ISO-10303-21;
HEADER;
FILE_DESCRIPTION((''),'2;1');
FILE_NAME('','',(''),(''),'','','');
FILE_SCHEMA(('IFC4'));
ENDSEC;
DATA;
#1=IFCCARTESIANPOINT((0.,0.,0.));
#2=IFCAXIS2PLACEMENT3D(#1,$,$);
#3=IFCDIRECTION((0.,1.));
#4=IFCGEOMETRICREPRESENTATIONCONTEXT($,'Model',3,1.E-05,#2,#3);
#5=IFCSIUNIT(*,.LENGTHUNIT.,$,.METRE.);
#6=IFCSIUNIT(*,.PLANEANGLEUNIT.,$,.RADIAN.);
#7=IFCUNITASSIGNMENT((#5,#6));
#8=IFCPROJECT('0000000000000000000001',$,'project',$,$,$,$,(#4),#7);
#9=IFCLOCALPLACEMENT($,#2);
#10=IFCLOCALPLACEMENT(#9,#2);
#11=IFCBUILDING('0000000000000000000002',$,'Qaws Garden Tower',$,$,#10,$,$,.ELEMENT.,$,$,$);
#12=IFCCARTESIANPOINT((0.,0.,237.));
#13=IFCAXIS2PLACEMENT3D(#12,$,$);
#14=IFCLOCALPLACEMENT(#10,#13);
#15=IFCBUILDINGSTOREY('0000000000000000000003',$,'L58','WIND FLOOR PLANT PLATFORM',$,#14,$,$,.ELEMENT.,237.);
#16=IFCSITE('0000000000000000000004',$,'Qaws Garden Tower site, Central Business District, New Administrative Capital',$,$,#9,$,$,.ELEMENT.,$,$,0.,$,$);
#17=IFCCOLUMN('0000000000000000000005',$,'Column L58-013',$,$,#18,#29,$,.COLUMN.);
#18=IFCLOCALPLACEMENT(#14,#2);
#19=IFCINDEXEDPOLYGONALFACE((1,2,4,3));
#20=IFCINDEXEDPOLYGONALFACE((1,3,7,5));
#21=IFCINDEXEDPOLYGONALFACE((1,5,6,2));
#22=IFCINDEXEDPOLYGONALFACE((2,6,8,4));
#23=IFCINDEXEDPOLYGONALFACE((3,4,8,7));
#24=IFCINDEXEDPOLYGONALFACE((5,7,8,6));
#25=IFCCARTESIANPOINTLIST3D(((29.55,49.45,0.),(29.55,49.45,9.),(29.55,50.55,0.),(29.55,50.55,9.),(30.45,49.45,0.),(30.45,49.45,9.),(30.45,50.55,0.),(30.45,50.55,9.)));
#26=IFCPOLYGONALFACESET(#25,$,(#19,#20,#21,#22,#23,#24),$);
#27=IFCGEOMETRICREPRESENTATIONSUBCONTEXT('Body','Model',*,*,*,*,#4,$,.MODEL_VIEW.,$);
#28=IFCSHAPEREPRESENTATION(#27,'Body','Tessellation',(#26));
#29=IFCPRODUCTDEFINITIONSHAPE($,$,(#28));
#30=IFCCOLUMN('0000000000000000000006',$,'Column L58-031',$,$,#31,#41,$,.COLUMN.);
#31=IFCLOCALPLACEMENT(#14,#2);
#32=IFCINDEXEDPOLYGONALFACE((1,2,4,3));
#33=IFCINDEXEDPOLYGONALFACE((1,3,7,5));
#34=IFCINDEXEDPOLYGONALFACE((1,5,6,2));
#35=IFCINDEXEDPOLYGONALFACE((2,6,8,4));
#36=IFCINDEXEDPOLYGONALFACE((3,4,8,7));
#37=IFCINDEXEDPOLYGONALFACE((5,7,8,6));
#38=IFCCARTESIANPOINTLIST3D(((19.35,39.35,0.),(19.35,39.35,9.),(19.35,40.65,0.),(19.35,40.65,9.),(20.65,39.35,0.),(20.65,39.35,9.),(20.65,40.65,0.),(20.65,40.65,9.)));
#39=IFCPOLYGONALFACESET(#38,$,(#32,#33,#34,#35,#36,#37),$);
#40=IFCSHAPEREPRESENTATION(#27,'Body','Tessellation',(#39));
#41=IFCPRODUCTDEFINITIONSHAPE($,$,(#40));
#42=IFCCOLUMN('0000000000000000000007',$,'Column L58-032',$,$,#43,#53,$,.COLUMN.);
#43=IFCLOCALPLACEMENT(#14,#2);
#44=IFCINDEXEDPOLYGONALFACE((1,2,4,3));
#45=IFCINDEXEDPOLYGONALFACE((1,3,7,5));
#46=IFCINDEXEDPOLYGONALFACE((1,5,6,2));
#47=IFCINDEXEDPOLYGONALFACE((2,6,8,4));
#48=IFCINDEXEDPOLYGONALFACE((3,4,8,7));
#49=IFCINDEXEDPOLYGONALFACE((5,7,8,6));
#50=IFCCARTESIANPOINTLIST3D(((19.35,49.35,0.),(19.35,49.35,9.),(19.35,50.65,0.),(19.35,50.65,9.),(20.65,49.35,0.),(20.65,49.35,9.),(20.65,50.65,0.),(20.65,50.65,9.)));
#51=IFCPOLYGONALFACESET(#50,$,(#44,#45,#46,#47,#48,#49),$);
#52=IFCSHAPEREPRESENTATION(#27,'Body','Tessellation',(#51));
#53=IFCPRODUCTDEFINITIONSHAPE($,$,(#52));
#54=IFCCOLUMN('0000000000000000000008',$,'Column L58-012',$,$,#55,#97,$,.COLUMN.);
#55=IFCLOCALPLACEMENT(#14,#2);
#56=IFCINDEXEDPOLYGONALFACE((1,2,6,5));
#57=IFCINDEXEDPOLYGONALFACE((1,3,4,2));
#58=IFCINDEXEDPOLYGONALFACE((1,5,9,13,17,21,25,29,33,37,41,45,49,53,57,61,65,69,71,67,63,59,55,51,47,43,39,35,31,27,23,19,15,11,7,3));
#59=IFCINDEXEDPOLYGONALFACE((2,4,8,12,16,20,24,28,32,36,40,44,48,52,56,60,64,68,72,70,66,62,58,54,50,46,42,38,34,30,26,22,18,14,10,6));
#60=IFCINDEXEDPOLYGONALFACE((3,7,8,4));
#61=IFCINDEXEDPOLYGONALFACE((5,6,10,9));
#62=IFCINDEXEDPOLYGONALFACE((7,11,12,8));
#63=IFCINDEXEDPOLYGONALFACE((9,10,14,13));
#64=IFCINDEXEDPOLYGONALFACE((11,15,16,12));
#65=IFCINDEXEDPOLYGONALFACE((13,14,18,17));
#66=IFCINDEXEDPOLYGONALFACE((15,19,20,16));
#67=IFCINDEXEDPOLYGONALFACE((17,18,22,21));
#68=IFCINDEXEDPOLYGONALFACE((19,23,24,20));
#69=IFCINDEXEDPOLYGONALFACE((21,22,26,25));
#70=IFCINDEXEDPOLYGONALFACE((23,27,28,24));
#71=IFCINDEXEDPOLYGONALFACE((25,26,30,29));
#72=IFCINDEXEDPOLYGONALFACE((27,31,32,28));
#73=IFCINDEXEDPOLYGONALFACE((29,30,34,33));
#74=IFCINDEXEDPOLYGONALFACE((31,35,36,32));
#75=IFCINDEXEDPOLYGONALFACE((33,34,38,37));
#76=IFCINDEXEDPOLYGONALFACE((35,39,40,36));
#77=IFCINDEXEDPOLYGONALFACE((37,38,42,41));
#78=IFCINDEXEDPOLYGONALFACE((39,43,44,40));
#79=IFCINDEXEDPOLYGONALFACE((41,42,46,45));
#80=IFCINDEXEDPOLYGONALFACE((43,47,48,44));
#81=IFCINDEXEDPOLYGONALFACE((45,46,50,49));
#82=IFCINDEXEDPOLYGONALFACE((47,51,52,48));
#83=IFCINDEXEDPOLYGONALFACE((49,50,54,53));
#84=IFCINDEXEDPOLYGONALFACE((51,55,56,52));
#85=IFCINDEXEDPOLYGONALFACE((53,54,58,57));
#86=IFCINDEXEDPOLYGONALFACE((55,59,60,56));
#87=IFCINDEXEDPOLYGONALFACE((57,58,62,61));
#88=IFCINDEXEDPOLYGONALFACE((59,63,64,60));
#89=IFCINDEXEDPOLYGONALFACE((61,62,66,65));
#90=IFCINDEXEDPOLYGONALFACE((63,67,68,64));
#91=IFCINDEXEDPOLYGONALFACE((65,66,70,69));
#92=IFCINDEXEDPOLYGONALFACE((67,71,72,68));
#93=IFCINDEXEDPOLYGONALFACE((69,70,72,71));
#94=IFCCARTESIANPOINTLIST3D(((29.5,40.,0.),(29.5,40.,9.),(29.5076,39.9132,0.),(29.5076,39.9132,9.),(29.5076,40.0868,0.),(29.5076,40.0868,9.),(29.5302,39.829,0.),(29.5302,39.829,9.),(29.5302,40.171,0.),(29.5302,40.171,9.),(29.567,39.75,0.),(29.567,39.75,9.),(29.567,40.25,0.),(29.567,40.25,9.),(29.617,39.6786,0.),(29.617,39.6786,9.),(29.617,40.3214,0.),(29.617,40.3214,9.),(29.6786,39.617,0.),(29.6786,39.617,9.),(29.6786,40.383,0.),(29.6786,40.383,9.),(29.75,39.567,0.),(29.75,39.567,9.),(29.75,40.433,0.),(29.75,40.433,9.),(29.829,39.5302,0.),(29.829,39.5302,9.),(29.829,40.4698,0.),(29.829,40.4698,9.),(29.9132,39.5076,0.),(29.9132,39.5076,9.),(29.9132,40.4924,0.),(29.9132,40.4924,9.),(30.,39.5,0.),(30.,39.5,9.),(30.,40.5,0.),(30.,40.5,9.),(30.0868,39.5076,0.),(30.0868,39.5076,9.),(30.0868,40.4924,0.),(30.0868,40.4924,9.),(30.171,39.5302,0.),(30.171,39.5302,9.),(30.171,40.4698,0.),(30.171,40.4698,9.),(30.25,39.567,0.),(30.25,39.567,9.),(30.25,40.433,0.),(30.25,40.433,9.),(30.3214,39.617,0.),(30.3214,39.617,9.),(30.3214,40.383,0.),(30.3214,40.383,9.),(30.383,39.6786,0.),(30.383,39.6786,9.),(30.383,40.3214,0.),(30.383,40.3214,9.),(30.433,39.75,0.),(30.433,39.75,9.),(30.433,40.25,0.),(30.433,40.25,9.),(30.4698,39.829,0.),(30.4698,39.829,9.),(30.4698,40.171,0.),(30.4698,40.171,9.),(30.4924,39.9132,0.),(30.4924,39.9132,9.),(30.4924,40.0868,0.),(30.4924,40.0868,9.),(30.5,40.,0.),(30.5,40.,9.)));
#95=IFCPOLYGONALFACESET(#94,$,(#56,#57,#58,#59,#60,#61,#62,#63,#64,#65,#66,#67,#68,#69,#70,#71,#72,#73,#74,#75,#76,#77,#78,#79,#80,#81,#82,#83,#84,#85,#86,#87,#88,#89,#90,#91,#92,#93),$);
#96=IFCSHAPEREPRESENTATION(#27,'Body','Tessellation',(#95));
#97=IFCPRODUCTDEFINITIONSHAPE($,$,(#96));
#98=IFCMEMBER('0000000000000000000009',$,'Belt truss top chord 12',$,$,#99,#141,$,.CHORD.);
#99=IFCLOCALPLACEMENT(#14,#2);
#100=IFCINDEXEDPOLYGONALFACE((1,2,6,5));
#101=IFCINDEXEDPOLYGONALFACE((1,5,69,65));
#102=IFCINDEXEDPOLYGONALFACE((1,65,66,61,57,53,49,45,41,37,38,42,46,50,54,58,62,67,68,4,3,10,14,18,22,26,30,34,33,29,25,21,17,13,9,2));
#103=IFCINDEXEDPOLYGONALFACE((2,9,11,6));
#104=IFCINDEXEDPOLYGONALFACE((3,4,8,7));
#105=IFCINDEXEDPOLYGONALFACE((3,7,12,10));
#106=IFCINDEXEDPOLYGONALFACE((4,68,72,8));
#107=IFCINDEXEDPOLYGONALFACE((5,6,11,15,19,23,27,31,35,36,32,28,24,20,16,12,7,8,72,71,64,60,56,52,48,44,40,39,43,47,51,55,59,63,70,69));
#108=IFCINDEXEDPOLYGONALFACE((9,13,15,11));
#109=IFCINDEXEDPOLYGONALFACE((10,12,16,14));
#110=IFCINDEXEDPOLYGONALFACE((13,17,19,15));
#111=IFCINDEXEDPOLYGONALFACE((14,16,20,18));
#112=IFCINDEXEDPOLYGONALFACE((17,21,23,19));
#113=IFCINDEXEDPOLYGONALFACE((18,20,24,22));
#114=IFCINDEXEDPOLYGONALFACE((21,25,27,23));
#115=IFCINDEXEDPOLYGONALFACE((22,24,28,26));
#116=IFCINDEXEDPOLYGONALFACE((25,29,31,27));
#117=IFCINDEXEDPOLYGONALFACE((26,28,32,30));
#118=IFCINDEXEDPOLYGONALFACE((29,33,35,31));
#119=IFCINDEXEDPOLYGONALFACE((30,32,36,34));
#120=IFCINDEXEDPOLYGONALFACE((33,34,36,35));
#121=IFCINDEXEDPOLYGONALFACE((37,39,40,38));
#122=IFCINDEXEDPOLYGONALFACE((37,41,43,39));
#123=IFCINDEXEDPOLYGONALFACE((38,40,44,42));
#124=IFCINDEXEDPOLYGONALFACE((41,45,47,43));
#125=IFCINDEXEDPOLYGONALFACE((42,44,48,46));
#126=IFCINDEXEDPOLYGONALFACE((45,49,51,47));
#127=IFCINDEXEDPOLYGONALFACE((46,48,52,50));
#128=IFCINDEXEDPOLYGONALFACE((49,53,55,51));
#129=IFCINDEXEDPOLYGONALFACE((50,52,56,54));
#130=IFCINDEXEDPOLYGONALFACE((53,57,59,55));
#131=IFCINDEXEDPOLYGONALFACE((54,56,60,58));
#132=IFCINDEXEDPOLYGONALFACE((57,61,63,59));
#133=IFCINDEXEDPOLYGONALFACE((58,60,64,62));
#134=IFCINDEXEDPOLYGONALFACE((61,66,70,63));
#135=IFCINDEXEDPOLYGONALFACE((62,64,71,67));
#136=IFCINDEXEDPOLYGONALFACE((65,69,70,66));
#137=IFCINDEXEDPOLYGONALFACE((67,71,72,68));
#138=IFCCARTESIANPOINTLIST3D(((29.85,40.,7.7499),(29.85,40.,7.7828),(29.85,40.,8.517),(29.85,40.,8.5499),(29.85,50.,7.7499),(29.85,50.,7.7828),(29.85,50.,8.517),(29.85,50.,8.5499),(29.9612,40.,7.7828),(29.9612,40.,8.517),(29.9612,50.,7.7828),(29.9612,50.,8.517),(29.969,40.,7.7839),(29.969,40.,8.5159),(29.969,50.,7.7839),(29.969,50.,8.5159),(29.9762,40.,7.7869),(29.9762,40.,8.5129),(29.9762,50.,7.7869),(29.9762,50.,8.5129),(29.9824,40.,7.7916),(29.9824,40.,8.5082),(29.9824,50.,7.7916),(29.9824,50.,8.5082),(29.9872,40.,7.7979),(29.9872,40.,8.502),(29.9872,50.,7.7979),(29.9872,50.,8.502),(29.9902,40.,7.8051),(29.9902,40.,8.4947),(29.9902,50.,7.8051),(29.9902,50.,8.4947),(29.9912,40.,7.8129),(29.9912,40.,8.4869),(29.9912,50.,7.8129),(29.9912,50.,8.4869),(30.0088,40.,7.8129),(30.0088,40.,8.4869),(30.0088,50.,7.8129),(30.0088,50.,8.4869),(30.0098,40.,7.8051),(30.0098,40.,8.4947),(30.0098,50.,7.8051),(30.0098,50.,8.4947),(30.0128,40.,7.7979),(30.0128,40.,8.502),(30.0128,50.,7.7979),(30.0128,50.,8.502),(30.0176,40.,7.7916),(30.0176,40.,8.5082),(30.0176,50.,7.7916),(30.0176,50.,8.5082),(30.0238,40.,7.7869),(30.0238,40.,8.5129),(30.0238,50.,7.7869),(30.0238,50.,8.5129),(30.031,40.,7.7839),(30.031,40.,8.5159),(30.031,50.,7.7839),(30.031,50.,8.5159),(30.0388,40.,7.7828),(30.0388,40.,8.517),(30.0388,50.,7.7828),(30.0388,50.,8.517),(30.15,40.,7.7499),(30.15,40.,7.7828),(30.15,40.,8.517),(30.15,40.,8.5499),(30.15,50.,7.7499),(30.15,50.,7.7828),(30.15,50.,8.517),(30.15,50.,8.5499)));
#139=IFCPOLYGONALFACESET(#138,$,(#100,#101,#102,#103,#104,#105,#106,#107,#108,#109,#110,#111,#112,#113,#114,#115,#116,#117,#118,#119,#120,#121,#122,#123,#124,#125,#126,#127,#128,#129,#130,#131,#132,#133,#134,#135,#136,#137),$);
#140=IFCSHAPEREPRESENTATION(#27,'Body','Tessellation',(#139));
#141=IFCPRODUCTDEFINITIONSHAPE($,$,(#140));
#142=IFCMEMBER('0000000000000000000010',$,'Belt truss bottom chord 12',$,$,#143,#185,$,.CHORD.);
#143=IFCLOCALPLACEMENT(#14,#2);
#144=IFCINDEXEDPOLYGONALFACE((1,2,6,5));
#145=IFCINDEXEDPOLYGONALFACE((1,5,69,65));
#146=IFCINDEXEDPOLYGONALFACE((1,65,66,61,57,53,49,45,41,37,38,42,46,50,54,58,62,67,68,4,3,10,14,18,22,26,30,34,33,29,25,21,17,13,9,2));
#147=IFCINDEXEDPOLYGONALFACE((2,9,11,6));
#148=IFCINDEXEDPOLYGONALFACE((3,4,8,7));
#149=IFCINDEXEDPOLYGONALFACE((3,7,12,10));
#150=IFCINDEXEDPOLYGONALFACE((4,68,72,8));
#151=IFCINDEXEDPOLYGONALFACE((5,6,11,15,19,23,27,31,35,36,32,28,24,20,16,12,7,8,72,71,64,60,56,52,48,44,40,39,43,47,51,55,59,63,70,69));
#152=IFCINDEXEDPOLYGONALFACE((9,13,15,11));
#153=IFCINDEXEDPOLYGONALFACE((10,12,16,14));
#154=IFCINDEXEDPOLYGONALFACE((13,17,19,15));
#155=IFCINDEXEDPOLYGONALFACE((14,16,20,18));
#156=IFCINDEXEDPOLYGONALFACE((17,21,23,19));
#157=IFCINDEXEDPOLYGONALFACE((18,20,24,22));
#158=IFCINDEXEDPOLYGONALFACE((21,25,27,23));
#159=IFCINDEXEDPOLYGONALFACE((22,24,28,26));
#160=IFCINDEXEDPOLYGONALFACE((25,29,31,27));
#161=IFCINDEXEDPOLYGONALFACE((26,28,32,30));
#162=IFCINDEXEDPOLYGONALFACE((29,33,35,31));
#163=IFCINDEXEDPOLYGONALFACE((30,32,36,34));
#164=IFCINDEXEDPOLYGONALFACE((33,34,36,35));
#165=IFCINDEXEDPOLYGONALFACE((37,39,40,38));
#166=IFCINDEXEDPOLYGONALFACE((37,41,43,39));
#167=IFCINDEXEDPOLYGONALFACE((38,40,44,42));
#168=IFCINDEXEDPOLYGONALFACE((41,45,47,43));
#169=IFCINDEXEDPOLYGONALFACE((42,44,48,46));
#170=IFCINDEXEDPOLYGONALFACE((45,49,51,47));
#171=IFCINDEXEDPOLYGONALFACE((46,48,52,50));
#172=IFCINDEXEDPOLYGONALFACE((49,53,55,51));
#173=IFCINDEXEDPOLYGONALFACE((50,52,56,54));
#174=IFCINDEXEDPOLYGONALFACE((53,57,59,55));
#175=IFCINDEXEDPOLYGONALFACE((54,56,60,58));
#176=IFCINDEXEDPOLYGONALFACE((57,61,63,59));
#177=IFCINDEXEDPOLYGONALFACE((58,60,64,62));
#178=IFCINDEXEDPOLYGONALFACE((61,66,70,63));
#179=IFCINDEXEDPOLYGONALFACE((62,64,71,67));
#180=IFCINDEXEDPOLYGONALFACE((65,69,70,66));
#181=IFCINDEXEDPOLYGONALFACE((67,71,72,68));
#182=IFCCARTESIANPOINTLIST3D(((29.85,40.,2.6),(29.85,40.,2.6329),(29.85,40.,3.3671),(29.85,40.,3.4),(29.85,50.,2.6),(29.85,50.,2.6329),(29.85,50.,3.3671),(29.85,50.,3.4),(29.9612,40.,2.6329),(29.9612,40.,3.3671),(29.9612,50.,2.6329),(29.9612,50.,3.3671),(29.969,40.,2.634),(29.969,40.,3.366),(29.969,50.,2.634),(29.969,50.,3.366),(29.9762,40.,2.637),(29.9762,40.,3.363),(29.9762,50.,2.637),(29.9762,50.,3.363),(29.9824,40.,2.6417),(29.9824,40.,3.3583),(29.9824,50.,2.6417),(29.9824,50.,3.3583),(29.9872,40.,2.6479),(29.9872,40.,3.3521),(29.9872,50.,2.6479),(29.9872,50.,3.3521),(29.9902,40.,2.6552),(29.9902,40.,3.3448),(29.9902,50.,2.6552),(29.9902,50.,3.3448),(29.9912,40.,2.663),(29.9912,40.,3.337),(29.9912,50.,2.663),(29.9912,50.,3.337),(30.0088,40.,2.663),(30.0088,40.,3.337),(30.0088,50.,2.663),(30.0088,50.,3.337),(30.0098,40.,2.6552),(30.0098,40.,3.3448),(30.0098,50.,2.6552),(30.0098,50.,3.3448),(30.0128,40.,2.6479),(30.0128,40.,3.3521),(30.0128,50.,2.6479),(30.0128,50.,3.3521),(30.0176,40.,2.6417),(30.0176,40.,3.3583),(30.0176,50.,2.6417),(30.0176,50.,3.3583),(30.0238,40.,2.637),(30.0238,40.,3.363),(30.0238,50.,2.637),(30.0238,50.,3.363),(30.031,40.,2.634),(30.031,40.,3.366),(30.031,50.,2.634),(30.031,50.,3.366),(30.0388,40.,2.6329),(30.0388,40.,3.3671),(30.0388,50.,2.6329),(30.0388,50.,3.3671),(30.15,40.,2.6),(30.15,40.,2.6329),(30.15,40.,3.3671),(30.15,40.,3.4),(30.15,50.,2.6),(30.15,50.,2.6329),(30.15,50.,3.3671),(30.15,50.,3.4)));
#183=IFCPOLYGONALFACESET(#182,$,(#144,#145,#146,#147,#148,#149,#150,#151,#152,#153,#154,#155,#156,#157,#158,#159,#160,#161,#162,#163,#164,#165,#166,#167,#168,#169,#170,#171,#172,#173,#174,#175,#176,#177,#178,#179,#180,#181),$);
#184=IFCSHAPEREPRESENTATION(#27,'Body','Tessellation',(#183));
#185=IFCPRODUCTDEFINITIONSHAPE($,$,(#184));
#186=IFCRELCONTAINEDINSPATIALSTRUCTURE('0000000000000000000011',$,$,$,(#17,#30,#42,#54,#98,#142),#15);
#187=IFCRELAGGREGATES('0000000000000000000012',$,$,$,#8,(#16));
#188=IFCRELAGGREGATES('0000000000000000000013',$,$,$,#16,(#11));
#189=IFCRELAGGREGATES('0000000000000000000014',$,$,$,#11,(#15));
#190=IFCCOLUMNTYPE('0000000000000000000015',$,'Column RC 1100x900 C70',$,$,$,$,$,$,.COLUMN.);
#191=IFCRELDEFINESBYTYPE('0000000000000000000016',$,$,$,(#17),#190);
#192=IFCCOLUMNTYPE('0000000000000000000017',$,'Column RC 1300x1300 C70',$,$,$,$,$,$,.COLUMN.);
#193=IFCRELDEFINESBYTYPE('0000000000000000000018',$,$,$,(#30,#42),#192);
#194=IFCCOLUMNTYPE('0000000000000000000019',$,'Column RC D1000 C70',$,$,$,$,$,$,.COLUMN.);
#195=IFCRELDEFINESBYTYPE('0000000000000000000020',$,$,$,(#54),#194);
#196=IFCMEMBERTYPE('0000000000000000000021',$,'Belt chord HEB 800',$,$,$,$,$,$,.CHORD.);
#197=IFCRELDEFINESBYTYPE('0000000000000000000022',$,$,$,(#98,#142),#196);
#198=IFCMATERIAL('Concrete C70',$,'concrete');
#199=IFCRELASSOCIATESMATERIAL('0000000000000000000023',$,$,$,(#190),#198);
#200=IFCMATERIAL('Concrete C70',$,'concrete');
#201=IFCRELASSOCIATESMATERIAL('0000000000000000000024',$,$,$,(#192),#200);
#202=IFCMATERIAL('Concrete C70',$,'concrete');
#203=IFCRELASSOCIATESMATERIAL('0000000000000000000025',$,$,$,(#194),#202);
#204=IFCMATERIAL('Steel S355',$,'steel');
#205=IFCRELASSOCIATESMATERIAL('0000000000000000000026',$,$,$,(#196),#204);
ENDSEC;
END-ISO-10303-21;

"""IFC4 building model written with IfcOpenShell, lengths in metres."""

from ifc_helpers import new_model, si_unit, direction, frame, origin, origin_2d, place, context, subcontext, project, spatial, rectangle, circle, i_section, extrude, material, material_profile, profile_set, type_object, element, save


model = new_model("IFC4")

# Units and contexts
model_context = context("Model", 3, precision=1e-05, world=origin(), true_north=direction((0.0, 1.0)))
body_context = subcontext(model_context, "Body", "Model", "MODEL_VIEW")
ifc_project = project(units=[si_unit("LENGTHUNIT", "METRE"), si_unit("PLANEANGLEUNIT", "RADIAN")], contexts=[model_context])

# Site, building, storey
site_placement = place(None, origin())
site = spatial("IfcSite", under=ifc_project, at=site_placement, Name="Qaws Garden Tower site, Central Business District, New Administrative Capital", CompositionType="ELEMENT", RefElevation=0.0)
building_placement = place(site_placement, origin())
building = spatial("IfcBuilding", under=site, at=building_placement, Name="Qaws Garden Tower", CompositionType="ELEMENT")
storey_placement = place(building_placement, frame((0.0, 0.0, 237.0)))
storey = spatial("IfcBuildingStorey", under=building, at=storey_placement, Name="L58", Description="WIND FLOOR PLANT PLATFORM", CompositionType="ELEMENT", Elevation=237.0)

# Columns
ifc_material_1 = material(Name="Concrete C70", Category="concrete")
ifc_material_profile_1 = material_profile(ifc_material_1, rectangle(XDim=1.1001, YDim=0.8999, at=origin_2d()), Name="RC 1100x900")
ifc_profile_set_1 = profile_set([ifc_material_profile_1], Name="Concrete C70")
column_type_1 = type_object("IfcColumnType", Name="Column RC 1100x900 C70", PredefinedType="COLUMN", material=ifc_profile_set_1)
column_1_placement = place(storey_placement, frame((30.0, 50.0, 0.0), z_axis=(0.0, 0.0, 1.0), x_axis=(0.0, 1.0, 0.0)))
element("IfcColumn", 1, at=column_1_placement, inside=storey, type_object=column_type_1, Name="Column L58-013", PredefinedType="COLUMN", context=body_context, shape_type="SweptSolid", body=[
    extrude(rectangle(XDim=1.1001, YDim=0.8999, at=origin_2d()), origin(), (0.0, 0.0, 1.0), 9.0),
])
ifc_material_2 = material(Name="Concrete C70", Category="concrete")
ifc_material_profile_2 = material_profile(ifc_material_2, rectangle(XDim=1.3, YDim=1.3, at=origin_2d()), Name="RC 1300x1300")
ifc_profile_set_2 = profile_set([ifc_material_profile_2], Name="Concrete C70")
column_type_2 = type_object("IfcColumnType", Name="Column RC 1300x1300 C70", PredefinedType="COLUMN", material=ifc_profile_set_2)
for number, where, z_axis, x_axis, name in (
    (2, (20.0, 40.0, 0.0), (0.0, 0.0, 1.0), (1.0, 0.0, 0.0), "Column L58-031"),
    (3, (20.0, 50.0, 0.0), (0.0, 0.0, 1.0), (1.0, 0.0, 0.0), "Column L58-032"),
):
    element("IfcColumn", number, at=place(storey_placement, frame(where, z_axis=z_axis, x_axis=x_axis)), inside=storey, type_object=column_type_2, Name=name, PredefinedType="COLUMN", context=body_context, shape_type="SweptSolid", body=[
        extrude(rectangle(XDim=1.3, YDim=1.3, at=origin_2d()), origin(), (0.0, 0.0, 1.0), 9.0),
    ])
ifc_material_3 = material(Name="Concrete C70", Category="concrete")
ifc_material_profile_3 = material_profile(ifc_material_3, circle(Radius=0.5, at=origin_2d()), Name="RC D1000")
ifc_profile_set_3 = profile_set([ifc_material_profile_3], Name="Concrete C70")
column_type_3 = type_object("IfcColumnType", Name="Column RC D1000 C70", PredefinedType="COLUMN", material=ifc_profile_set_3)
column_2_placement = place(storey_placement, frame((30.0, 40.0, 0.0), z_axis=(0.0, 0.0, 1.0), x_axis=(1.0, 0.0, 0.0)))
element("IfcColumn", 4, at=column_2_placement, inside=storey, type_object=column_type_3, Name="Column L58-012", PredefinedType="COLUMN", context=body_context, shape_type="SweptSolid", body=[
    extrude(circle(Radius=0.5, at=origin_2d()), origin(), (0.0, 0.0, 1.0), 9.0),
])

# Members
ifc_material_4 = material(Name="Steel S355", Category="steel")
ifc_material_profile_4 = material_profile(ifc_material_4, i_section(OverallWidth=0.3, OverallDepth=0.8, WebThickness=0.0176, FlangeThickness=0.033, FilletRadius=0.03, at=origin_2d()), Name="HEB 800")
ifc_profile_set_4 = profile_set([ifc_material_profile_4], Name="Steel S355")
member_type_1 = type_object("IfcMemberType", Name="Belt chord HEB 800", PredefinedType="CHORD", material=ifc_profile_set_4)
for number, where, z_axis, x_axis, name in (
    (5, (30.0, 40.0, 8.1499), (0.0, 1.0, 0.0), (-1.0, 0.0, 0.0), "Belt truss top chord 12"),
    (6, (30.0, 40.0, 3.0), (0.0, 1.0, 0.0), (-1.0, 0.0, 0.0), "Belt truss bottom chord 12"),
):
    element("IfcMember", number, at=place(storey_placement, frame(where, z_axis=z_axis, x_axis=x_axis)), inside=storey, type_object=member_type_1, Name=name, PredefinedType="CHORD", context=body_context, shape_type="SweptSolid", body=[
        extrude(i_section(OverallWidth=0.3, OverallDepth=0.8, WebThickness=0.0176, FlangeThickness=0.033, FilletRadius=0.03, at=origin_2d()), origin(), (0.0, 0.0, 1.0), 10.0),
    ])

save(model, "model.ifc")
